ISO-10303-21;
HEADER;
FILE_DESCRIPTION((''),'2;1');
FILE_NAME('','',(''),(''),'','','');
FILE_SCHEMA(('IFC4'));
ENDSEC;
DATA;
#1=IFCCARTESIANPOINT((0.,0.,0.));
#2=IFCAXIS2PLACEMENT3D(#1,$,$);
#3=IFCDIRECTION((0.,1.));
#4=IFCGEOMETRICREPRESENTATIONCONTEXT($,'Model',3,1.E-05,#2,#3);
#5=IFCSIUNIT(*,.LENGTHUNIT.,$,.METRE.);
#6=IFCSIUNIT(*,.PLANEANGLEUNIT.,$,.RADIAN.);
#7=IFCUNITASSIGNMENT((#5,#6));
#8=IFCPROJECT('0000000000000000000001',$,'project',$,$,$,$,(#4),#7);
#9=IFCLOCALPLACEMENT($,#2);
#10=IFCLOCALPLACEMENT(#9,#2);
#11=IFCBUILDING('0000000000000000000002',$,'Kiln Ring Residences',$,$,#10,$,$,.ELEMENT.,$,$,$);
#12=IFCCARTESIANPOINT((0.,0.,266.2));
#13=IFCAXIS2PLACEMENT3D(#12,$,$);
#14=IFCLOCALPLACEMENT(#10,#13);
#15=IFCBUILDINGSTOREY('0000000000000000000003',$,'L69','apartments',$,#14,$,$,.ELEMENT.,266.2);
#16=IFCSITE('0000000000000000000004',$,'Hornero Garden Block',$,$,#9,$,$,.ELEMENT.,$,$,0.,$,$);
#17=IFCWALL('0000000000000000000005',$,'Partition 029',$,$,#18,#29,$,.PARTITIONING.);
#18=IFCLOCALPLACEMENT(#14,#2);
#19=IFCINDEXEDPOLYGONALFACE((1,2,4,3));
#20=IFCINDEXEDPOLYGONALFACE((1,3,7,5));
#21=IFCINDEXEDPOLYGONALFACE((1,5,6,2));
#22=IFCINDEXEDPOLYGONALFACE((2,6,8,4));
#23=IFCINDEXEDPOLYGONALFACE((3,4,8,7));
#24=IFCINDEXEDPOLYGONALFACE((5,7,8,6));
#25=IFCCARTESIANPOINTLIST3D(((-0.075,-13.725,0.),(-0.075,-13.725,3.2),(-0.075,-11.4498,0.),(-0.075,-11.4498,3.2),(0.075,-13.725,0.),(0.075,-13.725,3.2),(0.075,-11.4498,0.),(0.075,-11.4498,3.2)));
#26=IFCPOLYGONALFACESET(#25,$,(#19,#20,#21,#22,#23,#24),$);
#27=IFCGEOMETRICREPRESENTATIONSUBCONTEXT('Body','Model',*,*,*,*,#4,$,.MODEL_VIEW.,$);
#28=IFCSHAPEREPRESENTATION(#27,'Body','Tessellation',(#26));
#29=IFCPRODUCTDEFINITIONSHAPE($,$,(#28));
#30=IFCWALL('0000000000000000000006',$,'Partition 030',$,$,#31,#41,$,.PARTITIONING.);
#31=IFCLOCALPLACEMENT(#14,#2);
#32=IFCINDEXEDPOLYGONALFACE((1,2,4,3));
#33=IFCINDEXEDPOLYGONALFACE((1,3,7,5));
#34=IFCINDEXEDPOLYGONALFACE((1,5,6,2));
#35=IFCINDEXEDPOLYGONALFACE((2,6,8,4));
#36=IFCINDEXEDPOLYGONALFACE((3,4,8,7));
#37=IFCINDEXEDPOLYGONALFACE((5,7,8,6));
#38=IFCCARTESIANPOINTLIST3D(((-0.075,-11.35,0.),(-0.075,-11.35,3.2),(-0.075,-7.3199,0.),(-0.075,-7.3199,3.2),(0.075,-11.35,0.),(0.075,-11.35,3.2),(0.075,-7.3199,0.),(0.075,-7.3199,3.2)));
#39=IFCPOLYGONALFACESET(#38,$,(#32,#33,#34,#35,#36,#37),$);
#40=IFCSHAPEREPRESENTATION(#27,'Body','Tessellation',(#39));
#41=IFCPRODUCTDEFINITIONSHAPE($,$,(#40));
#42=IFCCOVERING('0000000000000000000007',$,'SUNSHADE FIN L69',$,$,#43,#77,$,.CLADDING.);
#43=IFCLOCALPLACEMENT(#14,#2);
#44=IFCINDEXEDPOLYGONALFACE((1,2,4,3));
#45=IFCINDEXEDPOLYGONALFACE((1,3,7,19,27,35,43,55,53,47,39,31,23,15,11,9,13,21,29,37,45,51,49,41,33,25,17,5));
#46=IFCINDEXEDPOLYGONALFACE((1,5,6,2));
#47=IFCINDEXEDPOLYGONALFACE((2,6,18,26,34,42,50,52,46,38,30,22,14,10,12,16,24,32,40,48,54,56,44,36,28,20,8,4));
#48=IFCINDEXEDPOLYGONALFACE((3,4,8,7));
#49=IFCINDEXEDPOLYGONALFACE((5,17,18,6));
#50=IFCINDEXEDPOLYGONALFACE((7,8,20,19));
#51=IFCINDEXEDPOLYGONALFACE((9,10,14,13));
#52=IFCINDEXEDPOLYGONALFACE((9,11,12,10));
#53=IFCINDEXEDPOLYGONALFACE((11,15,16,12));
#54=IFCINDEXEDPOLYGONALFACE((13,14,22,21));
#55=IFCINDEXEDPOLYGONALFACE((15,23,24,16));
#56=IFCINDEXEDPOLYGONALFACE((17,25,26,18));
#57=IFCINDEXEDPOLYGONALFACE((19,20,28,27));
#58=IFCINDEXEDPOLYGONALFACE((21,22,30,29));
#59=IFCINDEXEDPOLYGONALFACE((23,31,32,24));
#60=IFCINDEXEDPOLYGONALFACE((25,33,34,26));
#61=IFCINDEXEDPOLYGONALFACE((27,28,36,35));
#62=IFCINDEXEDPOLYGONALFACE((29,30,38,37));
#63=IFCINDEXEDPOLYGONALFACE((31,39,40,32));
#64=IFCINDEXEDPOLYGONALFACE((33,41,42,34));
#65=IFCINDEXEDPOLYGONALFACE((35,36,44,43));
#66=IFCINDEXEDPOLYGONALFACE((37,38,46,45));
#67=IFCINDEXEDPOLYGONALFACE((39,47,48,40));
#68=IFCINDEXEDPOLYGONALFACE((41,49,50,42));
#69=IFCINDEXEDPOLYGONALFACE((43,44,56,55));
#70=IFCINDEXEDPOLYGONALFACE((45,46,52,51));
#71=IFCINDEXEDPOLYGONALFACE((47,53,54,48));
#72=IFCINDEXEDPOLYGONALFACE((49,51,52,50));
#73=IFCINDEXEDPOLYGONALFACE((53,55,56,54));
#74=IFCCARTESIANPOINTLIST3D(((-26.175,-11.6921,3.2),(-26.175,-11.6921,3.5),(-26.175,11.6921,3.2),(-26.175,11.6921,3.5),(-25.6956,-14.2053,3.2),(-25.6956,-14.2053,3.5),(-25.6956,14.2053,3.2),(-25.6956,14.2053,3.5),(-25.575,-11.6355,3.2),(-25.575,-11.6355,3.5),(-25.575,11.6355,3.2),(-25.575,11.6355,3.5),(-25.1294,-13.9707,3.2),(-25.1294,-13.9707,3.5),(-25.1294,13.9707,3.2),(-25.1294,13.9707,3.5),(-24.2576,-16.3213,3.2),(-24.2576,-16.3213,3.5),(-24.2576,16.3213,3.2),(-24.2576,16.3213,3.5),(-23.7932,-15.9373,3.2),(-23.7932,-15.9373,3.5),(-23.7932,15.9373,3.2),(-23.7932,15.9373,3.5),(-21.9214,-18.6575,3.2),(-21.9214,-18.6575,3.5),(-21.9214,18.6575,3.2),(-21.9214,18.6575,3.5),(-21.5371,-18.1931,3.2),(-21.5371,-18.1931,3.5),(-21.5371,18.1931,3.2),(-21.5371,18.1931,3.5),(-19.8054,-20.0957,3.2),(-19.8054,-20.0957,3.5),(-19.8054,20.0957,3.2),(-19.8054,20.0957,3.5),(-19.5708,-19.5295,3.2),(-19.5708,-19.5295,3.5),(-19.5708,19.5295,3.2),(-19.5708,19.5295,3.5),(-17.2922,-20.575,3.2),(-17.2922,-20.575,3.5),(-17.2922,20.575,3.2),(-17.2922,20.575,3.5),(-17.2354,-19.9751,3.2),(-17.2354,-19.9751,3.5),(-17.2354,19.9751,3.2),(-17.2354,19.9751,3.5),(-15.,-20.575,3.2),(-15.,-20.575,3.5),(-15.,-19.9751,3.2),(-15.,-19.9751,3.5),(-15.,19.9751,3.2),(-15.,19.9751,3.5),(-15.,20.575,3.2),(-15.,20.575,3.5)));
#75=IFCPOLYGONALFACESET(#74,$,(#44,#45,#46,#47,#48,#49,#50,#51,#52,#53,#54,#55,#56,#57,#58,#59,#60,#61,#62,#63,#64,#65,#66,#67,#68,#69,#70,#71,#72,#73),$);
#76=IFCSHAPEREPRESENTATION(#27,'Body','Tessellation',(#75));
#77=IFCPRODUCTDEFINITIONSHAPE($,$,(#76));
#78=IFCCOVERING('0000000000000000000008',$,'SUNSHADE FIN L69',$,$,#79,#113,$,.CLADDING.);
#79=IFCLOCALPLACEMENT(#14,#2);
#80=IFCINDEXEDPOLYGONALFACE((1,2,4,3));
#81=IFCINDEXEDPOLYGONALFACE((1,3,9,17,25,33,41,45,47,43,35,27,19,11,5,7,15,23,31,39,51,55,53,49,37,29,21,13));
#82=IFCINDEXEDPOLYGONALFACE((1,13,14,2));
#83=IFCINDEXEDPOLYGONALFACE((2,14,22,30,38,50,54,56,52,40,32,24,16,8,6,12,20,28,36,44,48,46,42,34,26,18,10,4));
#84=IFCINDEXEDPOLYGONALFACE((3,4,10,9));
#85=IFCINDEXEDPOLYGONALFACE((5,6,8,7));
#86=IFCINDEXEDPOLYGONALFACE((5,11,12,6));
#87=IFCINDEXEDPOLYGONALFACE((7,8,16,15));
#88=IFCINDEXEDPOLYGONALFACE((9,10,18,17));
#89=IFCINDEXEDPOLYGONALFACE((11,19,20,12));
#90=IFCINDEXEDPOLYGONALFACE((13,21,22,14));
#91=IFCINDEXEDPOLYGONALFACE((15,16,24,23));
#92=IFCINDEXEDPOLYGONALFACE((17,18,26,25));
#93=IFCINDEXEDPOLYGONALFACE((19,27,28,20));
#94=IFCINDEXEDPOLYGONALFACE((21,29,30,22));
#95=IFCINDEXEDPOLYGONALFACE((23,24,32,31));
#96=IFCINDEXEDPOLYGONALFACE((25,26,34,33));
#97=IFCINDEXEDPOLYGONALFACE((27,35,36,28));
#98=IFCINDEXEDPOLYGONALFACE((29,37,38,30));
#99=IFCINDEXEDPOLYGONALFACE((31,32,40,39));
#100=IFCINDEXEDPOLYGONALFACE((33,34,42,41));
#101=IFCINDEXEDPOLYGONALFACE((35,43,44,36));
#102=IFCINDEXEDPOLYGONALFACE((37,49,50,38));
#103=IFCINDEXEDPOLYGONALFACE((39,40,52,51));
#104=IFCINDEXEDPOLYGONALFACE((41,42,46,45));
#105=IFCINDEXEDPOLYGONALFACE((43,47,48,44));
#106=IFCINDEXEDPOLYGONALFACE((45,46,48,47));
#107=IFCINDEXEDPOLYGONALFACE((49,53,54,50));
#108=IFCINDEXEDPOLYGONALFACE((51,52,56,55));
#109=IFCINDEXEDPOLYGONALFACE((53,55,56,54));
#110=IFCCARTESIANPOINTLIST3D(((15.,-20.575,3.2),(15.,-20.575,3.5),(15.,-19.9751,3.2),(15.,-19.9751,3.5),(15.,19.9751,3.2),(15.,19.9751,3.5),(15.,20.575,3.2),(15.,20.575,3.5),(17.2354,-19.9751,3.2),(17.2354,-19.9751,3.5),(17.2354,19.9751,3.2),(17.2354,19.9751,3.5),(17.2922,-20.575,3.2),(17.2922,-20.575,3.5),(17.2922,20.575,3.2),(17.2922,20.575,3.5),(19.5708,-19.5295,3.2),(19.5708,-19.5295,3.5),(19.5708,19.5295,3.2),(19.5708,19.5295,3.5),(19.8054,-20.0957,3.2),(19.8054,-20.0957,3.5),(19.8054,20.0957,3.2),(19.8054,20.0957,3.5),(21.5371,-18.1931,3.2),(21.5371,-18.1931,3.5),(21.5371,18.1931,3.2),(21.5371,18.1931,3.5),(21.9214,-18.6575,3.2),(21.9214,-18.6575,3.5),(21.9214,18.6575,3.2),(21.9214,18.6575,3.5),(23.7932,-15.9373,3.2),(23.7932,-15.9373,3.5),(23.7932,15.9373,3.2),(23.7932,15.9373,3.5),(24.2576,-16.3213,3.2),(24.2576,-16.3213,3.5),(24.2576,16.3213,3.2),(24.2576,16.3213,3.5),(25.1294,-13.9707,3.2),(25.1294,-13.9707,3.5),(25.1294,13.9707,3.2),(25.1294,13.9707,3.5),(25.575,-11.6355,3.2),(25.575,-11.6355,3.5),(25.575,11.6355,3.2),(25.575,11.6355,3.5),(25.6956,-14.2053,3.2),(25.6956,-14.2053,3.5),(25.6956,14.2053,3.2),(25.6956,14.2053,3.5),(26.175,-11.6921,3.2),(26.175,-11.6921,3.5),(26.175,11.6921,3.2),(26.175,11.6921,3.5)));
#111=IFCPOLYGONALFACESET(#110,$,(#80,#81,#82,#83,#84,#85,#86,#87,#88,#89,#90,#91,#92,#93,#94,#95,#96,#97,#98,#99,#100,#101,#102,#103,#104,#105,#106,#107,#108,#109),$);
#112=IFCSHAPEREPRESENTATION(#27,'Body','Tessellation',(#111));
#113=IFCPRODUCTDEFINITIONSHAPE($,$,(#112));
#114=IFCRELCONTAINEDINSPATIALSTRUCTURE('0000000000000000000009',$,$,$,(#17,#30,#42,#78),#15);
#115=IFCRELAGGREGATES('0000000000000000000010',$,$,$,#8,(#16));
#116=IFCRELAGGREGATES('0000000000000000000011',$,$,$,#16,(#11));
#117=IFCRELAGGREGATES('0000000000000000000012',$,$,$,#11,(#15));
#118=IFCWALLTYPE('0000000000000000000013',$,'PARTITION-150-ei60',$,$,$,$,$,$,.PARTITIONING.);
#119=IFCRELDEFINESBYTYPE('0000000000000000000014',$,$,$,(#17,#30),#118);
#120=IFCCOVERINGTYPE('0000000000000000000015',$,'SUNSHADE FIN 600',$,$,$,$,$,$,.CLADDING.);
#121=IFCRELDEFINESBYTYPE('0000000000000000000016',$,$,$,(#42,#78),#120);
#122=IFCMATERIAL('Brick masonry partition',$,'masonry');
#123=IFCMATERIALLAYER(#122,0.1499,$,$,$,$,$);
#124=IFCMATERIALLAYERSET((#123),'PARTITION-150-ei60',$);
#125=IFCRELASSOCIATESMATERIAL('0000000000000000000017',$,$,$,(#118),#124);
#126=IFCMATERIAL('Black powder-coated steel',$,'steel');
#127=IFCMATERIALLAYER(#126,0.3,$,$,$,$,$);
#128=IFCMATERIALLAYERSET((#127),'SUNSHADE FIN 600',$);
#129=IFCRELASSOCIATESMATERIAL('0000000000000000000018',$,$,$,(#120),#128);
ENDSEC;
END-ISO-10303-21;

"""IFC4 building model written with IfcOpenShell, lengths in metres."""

from ifc_helpers import new_model, si_unit, direction, frame, frame_2d, origin, place, context, subcontext, project, spatial, polyline, rectangle, outline, extrude, material, layer, layer_set, type_object, element, save


model = new_model("IFC4")

# Units and contexts
model_context = context("Model", 3, precision=1e-05, world=origin(), true_north=direction((0.0, 1.0)))
body_context = subcontext(model_context, "Body", "Model", "MODEL_VIEW")
ifc_project = project(units=[si_unit("LENGTHUNIT", "METRE"), si_unit("PLANEANGLEUNIT", "RADIAN")], contexts=[model_context])

# Site, building, storey
site_placement = place(None, origin())
site = spatial("IfcSite", under=ifc_project, at=site_placement, Name="Hornero Garden Block", CompositionType="ELEMENT", RefElevation=0.0)
building_placement = place(site_placement, origin())
building = spatial("IfcBuilding", under=site, at=building_placement, Name="Kiln Ring Residences", CompositionType="ELEMENT")
storey_placement = place(building_placement, frame((0.0, 0.0, 266.2)))
storey = spatial("IfcBuildingStorey", under=building, at=storey_placement, Name="L69", Description="apartments", CompositionType="ELEMENT", Elevation=266.2)

# Walls
ifc_material_1 = material(Name="Brick masonry partition", Category="masonry")
ifc_layer_1 = layer(ifc_material_1, 0.1499)
ifc_layer_set_1 = layer_set([ifc_layer_1], Name="PARTITION-150-ei60")
wall_type_1 = type_object("IfcWallType", Name="PARTITION-150-ei60", PredefinedType="PARTITIONING", material=ifc_layer_set_1)
wall_1_placement = place(storey_placement, frame((0.0, -13.7251, 0.0), z_axis=(0.0, 0.0, 1.0), x_axis=(0.0, 1.0, 0.0)))
element("IfcWall", 1, at=wall_1_placement, inside=storey, type_object=wall_type_1, Name="Partition 029", PredefinedType="PARTITIONING", context=body_context, shape_type="SweptSolid", body=[
    extrude(rectangle(XDim=2.2751, YDim=0.1499, at=frame_2d((1.1377, 0.0))), origin(), (0.0, 0.0, 1.0), 3.2),
])
wall_2_placement = place(storey_placement, frame((0.0, -11.3501, 0.0), z_axis=(0.0, 0.0, 1.0), x_axis=(0.0, 1.0, 0.0)))
element("IfcWall", 2, at=wall_2_placement, inside=storey, type_object=wall_type_1, Name="Partition 030", PredefinedType="PARTITIONING", context=body_context, shape_type="SweptSolid", body=[
    extrude(rectangle(XDim=4.03, YDim=0.1499, at=frame_2d((2.0151, 0.0))), origin(), (0.0, 0.0, 1.0), 3.2),
])

# Coverings
ifc_material_2 = material(Name="Black powder-coated steel", Category="steel")
ifc_layer_2 = layer(ifc_material_2, 0.3)
ifc_layer_set_2 = layer_set([ifc_layer_2], Name="SUNSHADE FIN 600")
covering_type = type_object("IfcCoveringType", Name="SUNSHADE FIN 600", PredefinedType="CLADDING", material=ifc_layer_set_2)
placement = place(storey_placement, frame((0.0, 0.0, 3.2)))
element("IfcCovering", 3, at=placement, inside=storey, type_object=covering_type, Name="SUNSHADE FIN L69", PredefinedType="CLADDING", context=body_context, shape_type="SweptSolid", body=[
    extrude(outline(polyline([(-26.175, -11.6921), (-25.6956, -14.2053), (-24.2576, -16.3213), (-21.9214, -18.6575), (-19.8054, -20.0957), (-17.2922, -20.575), (-15.0, -20.575), (-15.0, -19.9751), (-17.2354, -19.9751), (-19.5708, -19.5295), (-21.5371, -18.1931), (-23.7932, -15.9373), (-25.1294, -13.9707), (-25.575, -11.6355), (-25.575, 11.6355), (-25.1294, 13.9707), (-23.7932, 15.9373), (-21.5371, 18.1931), (-19.5708, 19.5295), (-17.2354, 19.9751), (-15.0, 19.9751), (-15.0, 20.575), (-17.2922, 20.575), (-19.8054, 20.0957), (-21.9214, 18.6575), (-24.2576, 16.3213), (-25.6956, 14.2053), (-26.175, 11.6921), (-26.175, -11.6921)])), origin(), (0.0, 0.0, 1.0), 0.3),
])
element("IfcCovering", 4, at=placement, inside=storey, type_object=covering_type, Name="SUNSHADE FIN L69", PredefinedType="CLADDING", context=body_context, shape_type="SweptSolid", body=[
    extrude(outline(polyline([(17.2922, 20.575), (15.0, 20.575), (15.0, 19.9751), (17.2354, 19.9751), (19.5708, 19.5295), (21.5371, 18.1931), (23.7932, 15.9373), (25.1294, 13.9707), (25.575, 11.6355), (25.575, -11.6355), (25.1294, -13.9707), (23.7932, -15.9373), (21.5371, -18.1931), (19.5708, -19.5295), (17.2354, -19.9751), (15.0, -19.9751), (15.0, -20.575), (17.2922, -20.575), (19.8054, -20.0957), (21.9214, -18.6575), (24.2576, -16.3213), (25.6956, -14.2053), (26.175, -11.6921), (26.175, 11.6921), (25.6956, 14.2053), (24.2576, 16.3213), (21.9214, 18.6575), (19.8054, 20.0957), (17.2922, 20.575)])), origin(), (0.0, 0.0, 1.0), 0.3),
])

save(model, "model.ifc")
